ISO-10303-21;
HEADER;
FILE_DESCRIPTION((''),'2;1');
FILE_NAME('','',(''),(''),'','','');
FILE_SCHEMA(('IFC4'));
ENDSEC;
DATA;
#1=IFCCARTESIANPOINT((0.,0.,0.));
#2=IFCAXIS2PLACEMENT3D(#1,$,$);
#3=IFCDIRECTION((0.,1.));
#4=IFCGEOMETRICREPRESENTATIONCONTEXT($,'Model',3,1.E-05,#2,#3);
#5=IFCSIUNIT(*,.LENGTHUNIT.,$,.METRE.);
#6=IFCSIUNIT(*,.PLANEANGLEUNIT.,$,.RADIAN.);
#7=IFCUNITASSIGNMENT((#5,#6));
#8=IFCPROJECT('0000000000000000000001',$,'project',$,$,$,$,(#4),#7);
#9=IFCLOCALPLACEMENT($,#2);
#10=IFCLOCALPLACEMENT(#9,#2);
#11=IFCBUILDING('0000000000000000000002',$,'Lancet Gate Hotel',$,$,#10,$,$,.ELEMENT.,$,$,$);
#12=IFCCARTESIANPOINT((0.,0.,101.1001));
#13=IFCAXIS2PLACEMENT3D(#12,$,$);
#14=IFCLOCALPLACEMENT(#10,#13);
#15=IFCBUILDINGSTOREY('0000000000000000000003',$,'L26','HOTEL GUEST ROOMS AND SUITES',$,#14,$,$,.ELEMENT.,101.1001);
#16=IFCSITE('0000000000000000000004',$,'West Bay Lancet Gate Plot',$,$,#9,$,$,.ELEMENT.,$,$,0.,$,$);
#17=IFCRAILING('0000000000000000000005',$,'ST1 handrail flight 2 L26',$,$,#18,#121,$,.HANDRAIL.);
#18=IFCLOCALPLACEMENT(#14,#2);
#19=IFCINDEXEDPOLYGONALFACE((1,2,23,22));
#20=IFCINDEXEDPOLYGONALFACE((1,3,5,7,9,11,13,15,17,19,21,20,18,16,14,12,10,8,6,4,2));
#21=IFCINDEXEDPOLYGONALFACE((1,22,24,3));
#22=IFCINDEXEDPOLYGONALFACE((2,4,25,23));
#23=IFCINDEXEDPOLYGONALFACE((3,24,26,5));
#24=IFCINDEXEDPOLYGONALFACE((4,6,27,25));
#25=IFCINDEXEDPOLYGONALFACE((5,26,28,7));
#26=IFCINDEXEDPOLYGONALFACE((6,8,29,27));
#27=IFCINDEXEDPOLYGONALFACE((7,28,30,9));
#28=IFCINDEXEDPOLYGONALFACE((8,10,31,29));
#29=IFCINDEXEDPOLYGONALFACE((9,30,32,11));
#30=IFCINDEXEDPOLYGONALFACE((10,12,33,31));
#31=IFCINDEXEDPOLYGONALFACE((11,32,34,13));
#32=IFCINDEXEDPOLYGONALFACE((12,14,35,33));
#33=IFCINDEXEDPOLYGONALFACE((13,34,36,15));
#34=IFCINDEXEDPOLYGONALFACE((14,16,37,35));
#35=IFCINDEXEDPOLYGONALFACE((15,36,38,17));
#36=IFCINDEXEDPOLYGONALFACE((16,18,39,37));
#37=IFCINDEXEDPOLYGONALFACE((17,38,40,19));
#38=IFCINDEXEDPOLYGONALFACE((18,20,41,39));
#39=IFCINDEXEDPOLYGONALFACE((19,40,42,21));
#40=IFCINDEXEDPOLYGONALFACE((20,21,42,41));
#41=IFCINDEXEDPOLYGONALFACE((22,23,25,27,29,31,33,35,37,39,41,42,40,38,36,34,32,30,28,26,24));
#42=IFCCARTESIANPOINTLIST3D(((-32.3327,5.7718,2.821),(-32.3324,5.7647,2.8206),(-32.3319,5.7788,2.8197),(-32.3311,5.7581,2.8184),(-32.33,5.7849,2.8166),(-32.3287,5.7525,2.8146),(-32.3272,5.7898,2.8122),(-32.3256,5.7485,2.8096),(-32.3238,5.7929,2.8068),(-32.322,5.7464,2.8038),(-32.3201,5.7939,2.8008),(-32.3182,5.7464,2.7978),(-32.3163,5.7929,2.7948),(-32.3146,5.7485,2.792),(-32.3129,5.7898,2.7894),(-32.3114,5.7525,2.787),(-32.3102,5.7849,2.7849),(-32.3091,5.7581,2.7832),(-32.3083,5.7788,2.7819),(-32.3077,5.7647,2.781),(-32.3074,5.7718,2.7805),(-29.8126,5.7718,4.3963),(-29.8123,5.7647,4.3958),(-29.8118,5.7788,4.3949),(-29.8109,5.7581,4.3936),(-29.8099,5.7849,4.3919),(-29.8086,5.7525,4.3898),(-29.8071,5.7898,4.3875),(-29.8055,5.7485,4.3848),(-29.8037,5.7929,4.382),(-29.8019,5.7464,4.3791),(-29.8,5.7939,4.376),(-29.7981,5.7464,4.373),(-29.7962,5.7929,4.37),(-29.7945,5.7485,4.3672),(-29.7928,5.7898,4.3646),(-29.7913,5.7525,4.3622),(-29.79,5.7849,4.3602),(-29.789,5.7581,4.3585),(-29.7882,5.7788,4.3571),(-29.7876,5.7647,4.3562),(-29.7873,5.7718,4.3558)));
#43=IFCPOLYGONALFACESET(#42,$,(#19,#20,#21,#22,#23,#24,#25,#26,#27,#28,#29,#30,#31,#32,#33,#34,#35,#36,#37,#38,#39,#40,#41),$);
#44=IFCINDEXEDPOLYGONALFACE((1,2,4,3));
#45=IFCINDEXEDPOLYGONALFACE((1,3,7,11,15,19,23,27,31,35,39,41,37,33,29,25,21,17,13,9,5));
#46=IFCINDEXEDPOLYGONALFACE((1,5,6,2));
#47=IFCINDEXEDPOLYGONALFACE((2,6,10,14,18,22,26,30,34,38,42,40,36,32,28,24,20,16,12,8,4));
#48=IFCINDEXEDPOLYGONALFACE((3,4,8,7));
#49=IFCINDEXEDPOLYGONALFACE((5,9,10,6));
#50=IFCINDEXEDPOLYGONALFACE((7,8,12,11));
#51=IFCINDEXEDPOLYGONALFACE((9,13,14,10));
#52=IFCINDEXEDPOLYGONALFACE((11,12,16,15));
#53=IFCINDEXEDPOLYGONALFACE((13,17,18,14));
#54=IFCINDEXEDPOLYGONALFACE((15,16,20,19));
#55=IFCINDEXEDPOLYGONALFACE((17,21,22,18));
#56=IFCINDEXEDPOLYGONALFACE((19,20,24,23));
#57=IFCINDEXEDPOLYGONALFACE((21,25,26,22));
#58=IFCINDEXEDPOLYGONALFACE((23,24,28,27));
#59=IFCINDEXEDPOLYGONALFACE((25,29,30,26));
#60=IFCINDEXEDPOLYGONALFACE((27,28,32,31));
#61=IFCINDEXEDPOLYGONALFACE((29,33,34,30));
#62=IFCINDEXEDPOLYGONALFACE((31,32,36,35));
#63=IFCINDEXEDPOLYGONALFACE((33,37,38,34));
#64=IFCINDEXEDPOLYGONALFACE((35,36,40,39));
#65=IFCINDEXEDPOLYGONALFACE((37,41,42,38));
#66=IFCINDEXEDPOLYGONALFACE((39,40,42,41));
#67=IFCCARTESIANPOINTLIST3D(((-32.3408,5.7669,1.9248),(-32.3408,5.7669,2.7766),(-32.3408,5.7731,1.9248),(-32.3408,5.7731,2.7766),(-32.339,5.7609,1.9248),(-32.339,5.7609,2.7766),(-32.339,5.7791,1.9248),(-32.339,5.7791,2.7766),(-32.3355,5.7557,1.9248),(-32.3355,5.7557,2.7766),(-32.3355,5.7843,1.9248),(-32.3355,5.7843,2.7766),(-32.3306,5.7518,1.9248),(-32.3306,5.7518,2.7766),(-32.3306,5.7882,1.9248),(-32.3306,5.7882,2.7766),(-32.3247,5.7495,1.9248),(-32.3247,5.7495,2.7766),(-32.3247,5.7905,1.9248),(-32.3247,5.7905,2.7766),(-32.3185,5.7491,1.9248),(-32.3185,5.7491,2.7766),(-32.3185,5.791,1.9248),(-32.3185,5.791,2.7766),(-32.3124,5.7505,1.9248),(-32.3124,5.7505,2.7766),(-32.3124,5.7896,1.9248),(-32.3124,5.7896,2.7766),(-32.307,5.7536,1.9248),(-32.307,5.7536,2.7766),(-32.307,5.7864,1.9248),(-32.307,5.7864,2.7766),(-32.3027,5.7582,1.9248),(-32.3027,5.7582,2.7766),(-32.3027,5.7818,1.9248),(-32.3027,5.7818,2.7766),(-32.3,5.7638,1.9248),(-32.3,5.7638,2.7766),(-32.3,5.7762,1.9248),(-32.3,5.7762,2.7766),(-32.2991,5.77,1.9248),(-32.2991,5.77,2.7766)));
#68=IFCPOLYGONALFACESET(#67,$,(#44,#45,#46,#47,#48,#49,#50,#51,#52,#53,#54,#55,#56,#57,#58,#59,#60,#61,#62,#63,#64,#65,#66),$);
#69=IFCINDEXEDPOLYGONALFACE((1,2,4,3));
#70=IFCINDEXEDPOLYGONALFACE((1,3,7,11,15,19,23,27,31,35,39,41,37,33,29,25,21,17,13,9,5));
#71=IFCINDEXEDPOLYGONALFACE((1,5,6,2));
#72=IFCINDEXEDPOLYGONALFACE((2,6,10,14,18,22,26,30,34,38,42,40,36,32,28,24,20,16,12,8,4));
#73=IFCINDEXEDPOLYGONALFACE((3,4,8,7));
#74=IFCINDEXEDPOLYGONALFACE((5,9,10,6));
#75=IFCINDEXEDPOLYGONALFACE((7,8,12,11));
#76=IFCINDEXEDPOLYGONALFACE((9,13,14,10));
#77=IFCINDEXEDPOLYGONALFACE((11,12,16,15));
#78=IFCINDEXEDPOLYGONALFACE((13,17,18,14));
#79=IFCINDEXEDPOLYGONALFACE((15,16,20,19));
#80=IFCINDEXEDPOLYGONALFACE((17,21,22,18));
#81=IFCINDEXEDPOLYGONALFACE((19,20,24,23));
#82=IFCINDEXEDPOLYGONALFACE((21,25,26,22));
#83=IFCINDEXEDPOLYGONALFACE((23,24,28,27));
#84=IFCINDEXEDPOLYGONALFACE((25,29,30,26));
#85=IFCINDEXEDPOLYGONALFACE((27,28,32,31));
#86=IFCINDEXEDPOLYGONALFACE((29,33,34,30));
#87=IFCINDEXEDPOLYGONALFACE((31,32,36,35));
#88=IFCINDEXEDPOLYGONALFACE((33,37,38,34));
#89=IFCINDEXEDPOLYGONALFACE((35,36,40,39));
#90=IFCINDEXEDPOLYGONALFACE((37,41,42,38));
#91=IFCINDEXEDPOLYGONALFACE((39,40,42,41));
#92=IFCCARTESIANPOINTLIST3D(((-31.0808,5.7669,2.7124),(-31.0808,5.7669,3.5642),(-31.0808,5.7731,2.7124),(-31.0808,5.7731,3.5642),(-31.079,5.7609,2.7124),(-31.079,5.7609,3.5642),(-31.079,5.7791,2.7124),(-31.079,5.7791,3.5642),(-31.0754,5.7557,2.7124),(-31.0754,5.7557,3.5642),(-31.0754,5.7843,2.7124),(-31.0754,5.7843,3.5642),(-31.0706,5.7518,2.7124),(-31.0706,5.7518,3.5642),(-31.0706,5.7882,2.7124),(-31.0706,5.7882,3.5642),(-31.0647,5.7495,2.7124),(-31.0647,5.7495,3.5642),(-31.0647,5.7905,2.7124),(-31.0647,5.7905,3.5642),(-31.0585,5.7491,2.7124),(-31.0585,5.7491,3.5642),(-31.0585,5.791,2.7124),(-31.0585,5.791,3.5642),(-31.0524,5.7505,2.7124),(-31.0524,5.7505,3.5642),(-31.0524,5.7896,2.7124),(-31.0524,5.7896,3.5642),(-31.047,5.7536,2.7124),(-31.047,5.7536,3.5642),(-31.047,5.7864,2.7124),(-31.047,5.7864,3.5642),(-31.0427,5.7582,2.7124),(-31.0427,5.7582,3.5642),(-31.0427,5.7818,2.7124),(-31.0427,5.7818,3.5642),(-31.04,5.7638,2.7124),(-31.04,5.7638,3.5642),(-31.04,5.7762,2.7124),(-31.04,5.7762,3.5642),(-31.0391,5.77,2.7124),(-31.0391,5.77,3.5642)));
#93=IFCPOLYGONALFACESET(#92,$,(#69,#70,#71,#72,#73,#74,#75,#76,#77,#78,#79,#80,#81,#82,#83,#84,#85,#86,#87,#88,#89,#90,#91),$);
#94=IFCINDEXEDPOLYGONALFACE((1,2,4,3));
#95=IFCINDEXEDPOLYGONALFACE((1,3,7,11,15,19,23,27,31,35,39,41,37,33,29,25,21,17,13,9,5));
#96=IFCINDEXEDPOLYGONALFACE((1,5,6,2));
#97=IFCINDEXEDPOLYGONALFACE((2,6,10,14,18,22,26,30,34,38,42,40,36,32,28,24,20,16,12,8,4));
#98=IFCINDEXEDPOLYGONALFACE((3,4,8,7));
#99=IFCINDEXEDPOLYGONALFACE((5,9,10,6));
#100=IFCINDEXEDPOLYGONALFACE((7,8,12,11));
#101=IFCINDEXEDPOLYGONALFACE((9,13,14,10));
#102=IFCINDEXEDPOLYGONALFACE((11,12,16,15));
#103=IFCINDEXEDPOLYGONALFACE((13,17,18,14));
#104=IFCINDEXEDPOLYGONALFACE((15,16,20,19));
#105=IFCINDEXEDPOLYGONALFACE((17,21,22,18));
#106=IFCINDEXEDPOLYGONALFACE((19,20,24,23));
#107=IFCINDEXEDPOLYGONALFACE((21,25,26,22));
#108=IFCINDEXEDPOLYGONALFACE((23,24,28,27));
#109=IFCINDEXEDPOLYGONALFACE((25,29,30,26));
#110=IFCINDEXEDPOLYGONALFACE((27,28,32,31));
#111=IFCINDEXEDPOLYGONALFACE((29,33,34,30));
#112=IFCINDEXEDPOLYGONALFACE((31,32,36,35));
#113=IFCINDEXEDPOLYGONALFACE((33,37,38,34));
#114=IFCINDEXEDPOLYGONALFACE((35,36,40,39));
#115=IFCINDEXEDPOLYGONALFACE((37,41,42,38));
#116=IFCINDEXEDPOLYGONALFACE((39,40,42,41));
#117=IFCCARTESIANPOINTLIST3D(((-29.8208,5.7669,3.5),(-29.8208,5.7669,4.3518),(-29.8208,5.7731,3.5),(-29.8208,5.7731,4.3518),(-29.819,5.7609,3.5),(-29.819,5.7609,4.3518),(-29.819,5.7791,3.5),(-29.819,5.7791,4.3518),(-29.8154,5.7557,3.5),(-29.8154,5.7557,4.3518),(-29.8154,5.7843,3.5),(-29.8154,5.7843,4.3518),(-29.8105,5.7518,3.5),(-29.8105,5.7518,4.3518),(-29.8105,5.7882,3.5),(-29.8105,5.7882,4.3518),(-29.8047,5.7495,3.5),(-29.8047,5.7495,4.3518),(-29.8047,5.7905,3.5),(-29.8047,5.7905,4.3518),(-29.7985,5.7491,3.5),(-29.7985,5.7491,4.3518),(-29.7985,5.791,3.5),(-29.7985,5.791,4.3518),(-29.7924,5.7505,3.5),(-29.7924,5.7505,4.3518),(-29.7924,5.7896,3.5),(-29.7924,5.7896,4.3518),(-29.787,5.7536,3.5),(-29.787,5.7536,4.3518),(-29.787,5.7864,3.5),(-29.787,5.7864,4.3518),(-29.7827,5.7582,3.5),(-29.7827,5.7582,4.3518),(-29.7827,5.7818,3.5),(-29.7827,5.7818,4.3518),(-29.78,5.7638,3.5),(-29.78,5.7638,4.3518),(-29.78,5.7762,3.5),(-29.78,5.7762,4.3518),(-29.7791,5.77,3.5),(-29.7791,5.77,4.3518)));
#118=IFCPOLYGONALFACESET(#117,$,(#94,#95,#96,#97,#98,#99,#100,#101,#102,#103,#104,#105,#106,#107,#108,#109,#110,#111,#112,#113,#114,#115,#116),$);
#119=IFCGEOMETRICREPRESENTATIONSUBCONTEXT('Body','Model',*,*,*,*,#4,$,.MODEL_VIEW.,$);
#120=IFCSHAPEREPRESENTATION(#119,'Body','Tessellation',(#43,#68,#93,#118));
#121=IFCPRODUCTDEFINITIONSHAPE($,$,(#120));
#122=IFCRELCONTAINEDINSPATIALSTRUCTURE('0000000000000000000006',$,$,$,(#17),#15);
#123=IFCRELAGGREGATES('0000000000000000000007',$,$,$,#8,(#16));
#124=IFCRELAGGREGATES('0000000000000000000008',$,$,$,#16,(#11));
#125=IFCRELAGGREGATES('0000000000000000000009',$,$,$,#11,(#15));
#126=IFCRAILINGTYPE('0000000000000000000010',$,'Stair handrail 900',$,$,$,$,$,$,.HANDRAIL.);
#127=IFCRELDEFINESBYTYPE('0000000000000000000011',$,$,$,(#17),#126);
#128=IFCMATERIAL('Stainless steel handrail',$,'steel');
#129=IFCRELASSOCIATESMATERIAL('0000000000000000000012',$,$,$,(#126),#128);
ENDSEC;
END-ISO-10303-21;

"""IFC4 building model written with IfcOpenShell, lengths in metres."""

from ifc_helpers import new_model, si_unit, direction, frame, origin, origin_2d, place, context, subcontext, project, spatial, circle, extrude, material, type_object, element, save


model = new_model("IFC4")

# Units and contexts
model_context = context("Model", 3, precision=1e-05, world=origin(), true_north=direction((0.0, 1.0)))
body_context = subcontext(model_context, "Body", "Model", "MODEL_VIEW")
ifc_project = project(units=[si_unit("LENGTHUNIT", "METRE"), si_unit("PLANEANGLEUNIT", "RADIAN")], contexts=[model_context])

# Site, building, storey
site_placement = place(None, origin())
site = spatial("IfcSite", under=ifc_project, at=site_placement, Name="West Bay Lancet Gate Plot", CompositionType="ELEMENT", RefElevation=0.0)
building_placement = place(site_placement, origin())
building = spatial("IfcBuilding", under=site, at=building_placement, Name="Lancet Gate Hotel", CompositionType="ELEMENT")
storey_placement = place(building_placement, frame((0.0, 0.0, 101.1001)))
storey = spatial("IfcBuildingStorey", under=building, at=storey_placement, Name="L26", Description="HOTEL GUEST ROOMS AND SUITES", CompositionType="ELEMENT", Elevation=101.1001)

# Railing
ifc_material_1 = material(Name="Stainless steel handrail", Category="steel")
railing_type = type_object("IfcRailingType", Name="Stair handrail 900", PredefinedType="HANDRAIL", material=ifc_material_1)
railing_placement = place(storey_placement, frame((-32.3201, 5.77, 1.9248)))
element("IfcRailing", 1, at=railing_placement, inside=storey, type_object=railing_type, Name="ST1 handrail flight 2 L26", PredefinedType="HANDRAIL", context=body_context, shape_type="SweptSolid", body=[
    extrude(circle(Radius=0.0239, at=origin_2d()), frame((0.0, 0.0, 0.876), z_axis=(0.847971, 0.0, 0.530043), x_axis=(0.0, 1.0, 0.0)), (0.0, 0.0, 1.0), 2.9719),
    extrude(circle(Radius=0.021, at=origin_2d()), origin(), (0.0, 0.0, 1.0), 0.8518),
    extrude(circle(Radius=0.021, at=origin_2d()), frame((1.26, 0.0, 0.7876)), (0.0, 0.0, 1.0), 0.8518),
    extrude(circle(Radius=0.021, at=origin_2d()), frame((2.52, 0.0, 1.5752)), (0.0, 0.0, 1.0), 0.8518),
])

save(model, "model.ifc")
